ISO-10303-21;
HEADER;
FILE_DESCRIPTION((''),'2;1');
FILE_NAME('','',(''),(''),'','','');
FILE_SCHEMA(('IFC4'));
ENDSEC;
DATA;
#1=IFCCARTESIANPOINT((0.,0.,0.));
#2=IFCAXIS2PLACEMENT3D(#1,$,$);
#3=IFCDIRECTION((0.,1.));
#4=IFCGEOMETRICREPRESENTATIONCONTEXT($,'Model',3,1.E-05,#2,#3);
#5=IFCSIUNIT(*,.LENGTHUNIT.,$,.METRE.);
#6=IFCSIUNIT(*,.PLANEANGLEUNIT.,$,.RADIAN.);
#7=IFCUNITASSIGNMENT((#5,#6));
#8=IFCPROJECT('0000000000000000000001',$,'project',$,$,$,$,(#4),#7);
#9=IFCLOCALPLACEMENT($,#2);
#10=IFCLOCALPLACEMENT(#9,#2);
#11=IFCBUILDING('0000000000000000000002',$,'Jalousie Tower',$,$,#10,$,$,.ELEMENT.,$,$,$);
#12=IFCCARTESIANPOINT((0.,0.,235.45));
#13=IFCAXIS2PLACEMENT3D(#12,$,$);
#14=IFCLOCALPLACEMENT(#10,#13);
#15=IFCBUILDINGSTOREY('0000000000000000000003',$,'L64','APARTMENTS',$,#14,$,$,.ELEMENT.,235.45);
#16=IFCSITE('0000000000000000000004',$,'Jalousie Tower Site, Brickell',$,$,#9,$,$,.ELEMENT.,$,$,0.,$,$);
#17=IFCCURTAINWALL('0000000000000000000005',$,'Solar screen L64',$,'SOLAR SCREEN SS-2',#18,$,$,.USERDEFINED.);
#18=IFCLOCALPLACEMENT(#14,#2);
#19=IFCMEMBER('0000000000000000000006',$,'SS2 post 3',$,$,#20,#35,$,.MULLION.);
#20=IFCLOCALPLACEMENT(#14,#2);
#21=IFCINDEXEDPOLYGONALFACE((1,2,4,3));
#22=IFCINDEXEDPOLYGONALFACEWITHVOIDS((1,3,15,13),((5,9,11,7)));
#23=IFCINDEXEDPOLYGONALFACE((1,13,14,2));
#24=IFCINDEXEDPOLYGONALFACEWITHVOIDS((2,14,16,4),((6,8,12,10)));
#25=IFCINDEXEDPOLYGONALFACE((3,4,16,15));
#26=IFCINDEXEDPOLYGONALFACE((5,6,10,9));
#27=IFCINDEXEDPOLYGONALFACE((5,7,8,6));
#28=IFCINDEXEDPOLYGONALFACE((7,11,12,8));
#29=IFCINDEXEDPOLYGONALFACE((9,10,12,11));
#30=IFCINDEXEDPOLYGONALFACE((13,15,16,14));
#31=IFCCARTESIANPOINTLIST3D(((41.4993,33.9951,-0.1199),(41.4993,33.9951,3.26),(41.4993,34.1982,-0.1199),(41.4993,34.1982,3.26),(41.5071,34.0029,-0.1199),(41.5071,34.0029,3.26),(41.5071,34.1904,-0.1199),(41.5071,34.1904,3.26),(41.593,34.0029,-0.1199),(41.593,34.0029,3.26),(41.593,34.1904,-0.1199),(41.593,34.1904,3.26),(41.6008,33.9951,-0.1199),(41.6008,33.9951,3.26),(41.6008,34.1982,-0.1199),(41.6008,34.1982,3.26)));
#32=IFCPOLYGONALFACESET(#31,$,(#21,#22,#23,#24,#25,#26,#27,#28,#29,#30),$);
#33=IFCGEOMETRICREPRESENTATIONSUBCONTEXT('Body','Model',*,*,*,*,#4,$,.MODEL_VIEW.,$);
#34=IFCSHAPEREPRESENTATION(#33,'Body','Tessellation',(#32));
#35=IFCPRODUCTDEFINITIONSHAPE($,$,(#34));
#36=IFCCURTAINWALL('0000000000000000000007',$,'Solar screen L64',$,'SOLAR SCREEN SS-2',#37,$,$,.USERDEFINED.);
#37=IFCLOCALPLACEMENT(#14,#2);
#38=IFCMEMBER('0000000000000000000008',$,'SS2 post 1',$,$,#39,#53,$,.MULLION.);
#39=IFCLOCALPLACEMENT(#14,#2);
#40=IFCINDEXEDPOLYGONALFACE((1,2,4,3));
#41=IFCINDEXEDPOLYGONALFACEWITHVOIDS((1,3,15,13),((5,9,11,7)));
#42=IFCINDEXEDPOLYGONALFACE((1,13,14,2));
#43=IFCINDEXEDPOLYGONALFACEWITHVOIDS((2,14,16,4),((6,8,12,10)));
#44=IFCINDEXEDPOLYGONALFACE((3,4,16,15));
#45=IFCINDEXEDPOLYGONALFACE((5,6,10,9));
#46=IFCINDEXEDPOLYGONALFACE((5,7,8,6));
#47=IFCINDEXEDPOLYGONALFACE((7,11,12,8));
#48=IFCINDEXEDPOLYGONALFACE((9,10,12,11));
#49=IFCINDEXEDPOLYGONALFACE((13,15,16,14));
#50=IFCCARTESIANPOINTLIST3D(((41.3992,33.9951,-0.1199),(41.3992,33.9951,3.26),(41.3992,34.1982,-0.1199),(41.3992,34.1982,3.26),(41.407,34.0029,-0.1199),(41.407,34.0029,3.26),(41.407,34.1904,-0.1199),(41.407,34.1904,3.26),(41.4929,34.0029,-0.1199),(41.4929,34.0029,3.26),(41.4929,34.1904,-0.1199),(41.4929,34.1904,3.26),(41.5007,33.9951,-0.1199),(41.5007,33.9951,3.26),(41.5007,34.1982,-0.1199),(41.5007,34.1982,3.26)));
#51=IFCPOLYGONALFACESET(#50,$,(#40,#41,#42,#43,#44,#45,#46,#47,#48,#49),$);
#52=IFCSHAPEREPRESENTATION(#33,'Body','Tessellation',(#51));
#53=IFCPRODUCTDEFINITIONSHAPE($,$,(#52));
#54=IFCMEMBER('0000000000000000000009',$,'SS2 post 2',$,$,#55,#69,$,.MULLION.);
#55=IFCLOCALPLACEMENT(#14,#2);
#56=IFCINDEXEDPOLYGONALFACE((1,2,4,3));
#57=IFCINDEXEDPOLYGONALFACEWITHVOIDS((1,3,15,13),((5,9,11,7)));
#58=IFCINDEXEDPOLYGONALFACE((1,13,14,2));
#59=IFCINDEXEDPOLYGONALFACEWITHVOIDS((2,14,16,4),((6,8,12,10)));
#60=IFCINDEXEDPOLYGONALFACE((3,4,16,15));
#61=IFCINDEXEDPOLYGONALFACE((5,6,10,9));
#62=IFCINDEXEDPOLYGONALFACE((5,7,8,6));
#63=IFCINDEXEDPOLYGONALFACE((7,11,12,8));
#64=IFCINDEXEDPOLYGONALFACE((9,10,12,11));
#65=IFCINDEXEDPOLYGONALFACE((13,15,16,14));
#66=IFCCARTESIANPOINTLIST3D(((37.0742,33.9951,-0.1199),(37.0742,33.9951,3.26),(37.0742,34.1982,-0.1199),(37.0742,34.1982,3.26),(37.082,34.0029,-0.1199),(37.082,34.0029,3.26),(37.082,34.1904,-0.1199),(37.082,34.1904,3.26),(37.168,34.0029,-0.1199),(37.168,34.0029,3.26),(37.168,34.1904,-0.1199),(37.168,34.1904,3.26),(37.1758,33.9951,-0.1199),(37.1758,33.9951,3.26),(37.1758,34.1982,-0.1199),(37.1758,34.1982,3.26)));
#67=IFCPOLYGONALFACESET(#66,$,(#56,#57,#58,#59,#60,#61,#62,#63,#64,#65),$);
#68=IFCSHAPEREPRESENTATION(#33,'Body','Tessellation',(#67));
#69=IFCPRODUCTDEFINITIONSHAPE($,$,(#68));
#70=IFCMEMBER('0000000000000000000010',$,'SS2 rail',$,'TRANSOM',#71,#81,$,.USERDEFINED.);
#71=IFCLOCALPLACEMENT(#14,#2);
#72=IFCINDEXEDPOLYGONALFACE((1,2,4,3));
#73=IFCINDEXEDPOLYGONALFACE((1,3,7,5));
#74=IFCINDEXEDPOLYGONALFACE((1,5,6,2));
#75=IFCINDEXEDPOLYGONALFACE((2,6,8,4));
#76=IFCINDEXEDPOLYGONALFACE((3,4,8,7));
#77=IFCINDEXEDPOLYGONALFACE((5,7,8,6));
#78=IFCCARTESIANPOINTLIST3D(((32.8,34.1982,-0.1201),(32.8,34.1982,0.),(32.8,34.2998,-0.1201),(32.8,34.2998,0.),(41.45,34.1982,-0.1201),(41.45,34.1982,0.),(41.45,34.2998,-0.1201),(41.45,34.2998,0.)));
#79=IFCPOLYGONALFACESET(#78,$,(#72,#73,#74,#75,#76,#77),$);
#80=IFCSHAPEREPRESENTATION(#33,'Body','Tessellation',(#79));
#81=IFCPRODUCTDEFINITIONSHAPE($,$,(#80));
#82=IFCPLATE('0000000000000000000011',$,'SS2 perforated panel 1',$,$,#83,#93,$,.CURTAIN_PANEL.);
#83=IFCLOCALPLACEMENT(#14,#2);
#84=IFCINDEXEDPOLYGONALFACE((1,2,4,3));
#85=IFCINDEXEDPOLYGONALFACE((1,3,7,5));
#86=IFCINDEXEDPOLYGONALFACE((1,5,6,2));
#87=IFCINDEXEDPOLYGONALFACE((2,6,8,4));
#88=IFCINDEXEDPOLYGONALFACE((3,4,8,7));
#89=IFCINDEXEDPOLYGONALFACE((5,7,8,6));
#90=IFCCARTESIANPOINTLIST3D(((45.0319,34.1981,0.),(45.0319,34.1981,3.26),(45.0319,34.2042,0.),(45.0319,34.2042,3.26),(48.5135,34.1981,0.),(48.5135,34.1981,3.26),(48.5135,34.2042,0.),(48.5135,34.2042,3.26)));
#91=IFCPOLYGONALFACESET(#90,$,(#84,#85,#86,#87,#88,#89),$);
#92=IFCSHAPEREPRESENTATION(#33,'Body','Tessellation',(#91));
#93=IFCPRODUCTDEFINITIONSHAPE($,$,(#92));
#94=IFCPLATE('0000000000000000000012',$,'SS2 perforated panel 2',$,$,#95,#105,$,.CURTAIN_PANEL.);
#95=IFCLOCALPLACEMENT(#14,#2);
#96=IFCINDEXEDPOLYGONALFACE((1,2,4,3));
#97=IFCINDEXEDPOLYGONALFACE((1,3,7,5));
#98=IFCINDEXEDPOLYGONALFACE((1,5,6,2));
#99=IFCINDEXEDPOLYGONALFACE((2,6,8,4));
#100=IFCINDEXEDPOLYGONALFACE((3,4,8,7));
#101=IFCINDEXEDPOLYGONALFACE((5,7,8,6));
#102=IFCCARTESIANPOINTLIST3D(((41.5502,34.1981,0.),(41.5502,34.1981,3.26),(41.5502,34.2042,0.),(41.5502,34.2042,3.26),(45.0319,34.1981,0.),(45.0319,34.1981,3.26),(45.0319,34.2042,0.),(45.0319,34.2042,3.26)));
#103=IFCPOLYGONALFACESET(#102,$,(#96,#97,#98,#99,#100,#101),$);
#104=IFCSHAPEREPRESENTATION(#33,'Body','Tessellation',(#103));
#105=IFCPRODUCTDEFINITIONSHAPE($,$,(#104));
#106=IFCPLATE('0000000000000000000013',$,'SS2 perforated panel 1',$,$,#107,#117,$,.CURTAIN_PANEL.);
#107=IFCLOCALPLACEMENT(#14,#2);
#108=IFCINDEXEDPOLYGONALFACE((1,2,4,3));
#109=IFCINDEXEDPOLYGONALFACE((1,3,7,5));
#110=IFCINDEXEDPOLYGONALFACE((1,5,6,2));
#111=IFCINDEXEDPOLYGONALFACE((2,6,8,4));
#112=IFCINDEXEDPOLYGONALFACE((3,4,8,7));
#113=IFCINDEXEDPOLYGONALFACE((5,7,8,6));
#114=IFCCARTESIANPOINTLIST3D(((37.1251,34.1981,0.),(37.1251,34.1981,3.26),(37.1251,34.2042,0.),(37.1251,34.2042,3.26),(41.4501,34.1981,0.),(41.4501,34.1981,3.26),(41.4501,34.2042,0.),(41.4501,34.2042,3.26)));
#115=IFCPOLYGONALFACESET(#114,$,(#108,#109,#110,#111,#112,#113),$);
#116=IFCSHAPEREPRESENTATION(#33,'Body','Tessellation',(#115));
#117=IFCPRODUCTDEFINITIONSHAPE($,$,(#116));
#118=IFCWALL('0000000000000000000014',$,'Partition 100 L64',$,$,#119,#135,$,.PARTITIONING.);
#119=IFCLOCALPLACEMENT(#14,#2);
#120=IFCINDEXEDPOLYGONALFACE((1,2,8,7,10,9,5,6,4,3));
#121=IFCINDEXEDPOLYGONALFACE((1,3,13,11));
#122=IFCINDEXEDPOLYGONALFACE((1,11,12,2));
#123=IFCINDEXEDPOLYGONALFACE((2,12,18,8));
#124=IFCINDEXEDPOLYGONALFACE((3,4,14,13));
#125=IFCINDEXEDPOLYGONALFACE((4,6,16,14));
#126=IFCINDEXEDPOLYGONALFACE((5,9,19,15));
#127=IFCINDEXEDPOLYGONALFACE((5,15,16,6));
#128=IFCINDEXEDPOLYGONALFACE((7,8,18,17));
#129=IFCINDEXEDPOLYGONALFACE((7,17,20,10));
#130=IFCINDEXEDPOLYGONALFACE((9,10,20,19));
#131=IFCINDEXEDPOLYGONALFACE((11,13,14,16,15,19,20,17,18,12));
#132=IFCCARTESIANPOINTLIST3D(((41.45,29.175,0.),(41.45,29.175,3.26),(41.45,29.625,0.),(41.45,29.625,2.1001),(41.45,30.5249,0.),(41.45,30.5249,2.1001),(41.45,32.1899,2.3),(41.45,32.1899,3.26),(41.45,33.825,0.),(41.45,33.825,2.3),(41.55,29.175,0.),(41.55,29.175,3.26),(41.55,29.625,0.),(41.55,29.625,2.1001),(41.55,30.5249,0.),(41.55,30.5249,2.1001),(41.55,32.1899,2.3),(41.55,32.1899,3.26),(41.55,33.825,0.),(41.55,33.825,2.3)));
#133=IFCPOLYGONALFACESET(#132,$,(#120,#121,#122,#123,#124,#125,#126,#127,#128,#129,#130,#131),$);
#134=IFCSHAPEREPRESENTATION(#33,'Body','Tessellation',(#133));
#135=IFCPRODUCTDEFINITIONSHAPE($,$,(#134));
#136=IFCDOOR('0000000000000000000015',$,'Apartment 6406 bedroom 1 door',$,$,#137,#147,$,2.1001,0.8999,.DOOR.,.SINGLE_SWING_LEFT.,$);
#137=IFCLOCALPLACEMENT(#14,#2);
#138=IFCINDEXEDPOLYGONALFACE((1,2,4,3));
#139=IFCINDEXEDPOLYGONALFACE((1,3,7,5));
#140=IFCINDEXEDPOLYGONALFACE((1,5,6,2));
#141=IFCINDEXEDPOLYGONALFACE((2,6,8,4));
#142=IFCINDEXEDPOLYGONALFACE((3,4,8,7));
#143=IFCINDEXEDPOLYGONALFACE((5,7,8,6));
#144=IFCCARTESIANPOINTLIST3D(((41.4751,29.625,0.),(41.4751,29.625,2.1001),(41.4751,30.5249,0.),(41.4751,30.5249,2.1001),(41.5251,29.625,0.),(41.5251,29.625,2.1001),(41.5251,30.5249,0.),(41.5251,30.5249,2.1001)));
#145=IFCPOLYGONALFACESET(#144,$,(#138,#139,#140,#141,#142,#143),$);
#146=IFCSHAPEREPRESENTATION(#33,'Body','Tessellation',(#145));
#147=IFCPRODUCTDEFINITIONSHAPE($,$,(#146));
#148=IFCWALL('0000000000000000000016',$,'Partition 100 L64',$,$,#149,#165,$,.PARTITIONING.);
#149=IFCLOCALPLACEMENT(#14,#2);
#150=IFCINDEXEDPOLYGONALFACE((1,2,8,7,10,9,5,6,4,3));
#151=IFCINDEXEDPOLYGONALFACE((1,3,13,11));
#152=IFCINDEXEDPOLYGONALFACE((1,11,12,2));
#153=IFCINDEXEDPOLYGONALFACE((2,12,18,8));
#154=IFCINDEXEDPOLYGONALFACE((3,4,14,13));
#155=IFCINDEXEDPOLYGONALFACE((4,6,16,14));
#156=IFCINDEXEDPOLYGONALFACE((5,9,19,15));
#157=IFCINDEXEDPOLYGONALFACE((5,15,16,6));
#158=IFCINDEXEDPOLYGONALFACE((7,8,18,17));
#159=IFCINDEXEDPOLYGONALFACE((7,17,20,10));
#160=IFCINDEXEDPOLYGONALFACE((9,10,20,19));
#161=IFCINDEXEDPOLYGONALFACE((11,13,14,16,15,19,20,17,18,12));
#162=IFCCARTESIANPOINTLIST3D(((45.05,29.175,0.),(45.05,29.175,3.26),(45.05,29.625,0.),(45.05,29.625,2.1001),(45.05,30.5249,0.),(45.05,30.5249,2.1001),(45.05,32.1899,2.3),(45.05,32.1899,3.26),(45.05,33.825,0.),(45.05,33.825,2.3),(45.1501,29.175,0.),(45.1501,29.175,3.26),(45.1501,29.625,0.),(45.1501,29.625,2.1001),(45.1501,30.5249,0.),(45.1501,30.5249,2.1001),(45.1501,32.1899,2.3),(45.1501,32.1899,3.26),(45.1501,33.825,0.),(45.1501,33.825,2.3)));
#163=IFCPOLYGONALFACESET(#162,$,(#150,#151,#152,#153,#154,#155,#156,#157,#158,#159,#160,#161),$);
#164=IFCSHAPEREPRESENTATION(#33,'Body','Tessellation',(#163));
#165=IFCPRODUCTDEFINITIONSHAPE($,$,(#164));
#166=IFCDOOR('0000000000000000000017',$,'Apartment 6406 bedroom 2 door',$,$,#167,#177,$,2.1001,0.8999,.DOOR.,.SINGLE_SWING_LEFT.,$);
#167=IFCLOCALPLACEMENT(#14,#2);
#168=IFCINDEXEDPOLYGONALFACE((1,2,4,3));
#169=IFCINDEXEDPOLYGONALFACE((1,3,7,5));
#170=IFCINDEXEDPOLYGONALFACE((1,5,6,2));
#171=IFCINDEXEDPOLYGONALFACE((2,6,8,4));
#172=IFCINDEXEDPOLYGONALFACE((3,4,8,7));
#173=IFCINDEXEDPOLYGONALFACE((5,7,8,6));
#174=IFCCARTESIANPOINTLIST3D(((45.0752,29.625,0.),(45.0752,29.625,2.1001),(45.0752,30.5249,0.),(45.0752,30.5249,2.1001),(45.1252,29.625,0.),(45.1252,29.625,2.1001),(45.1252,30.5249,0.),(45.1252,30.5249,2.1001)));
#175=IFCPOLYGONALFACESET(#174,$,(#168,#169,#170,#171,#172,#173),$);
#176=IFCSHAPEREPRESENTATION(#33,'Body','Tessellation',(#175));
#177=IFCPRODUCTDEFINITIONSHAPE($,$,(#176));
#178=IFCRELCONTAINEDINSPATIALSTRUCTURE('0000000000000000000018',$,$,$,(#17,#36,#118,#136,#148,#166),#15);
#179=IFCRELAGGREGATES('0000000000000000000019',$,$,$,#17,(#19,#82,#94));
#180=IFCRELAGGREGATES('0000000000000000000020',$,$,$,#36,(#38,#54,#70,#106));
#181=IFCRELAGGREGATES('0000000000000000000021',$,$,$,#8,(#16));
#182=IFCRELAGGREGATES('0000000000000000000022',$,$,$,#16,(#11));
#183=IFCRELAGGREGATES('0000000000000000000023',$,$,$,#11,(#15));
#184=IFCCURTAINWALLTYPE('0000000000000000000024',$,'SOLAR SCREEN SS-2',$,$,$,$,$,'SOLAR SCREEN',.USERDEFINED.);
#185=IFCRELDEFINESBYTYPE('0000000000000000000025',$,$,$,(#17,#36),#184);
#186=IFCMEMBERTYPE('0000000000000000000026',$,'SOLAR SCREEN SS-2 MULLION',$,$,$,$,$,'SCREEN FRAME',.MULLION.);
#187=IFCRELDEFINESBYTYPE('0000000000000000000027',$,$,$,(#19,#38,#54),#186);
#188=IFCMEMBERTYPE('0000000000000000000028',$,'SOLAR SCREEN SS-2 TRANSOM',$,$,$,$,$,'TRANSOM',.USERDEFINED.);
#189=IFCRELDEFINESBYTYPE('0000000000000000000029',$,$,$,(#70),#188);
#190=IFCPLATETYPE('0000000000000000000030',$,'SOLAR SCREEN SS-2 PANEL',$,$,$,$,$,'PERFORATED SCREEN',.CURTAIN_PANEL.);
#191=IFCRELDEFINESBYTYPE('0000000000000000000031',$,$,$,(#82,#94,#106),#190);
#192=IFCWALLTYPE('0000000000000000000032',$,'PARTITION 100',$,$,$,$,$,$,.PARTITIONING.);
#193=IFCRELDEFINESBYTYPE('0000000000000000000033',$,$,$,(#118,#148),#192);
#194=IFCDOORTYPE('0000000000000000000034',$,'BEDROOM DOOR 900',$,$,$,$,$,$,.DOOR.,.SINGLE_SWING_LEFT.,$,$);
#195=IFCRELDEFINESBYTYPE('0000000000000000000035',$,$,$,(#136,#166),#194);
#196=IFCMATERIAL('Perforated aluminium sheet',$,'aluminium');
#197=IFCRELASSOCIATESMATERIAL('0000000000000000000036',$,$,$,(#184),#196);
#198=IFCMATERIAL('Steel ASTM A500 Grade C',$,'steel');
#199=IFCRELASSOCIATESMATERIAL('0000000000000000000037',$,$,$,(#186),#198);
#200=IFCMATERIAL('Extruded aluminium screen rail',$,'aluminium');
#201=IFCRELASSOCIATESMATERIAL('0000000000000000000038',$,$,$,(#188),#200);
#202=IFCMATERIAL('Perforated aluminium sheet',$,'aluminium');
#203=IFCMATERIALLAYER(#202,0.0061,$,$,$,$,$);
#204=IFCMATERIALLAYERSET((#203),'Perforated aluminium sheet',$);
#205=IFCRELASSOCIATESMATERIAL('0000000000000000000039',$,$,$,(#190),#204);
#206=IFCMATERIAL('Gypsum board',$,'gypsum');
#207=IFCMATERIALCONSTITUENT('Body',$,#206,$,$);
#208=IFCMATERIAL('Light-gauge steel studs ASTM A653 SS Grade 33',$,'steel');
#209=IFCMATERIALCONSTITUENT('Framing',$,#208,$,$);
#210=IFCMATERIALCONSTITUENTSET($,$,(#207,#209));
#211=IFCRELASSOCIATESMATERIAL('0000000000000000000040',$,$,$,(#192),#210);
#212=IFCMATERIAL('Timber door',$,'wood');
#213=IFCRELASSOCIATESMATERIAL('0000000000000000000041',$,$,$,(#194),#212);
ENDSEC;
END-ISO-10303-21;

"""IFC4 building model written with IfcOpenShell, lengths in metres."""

from ifc_helpers import new_model, si_unit, direction, frame, frame_2d, origin, origin_2d, place, context, subcontext, project, spatial, polyline, rectangle, hollow_rectangle, outline, extrude, material, layer, layer_set, constituent, constituent_set, material_profile, profile_set, type_object, element, fill, aggregate, save


model = new_model("IFC4")

# Units and contexts
model_context = context("Model", 3, precision=1e-05, world=origin(), true_north=direction((0.0, 1.0)))
body_context = subcontext(model_context, "Body", "Model", "MODEL_VIEW")
ifc_project = project(units=[si_unit("LENGTHUNIT", "METRE"), si_unit("PLANEANGLEUNIT", "RADIAN")], contexts=[model_context])

# Site, building, storey
site_placement = place(None, origin())
site = spatial("IfcSite", under=ifc_project, at=site_placement, Name="Jalousie Tower Site, Brickell", CompositionType="ELEMENT", RefElevation=0.0)
building_placement = place(site_placement, origin())
building = spatial("IfcBuilding", under=site, at=building_placement, Name="Jalousie Tower", CompositionType="ELEMENT")
storey_placement = place(building_placement, frame((0.0, 0.0, 235.45)))
storey = spatial("IfcBuildingStorey", under=building, at=storey_placement, Name="L64", Description="APARTMENTS", CompositionType="ELEMENT", Elevation=235.45)

# Curtain walls, members
ifc_material_1 = material(Name="Perforated aluminium sheet", Category="aluminium")
curtain_wall_type = type_object("IfcCurtainWallType", Name="SOLAR SCREEN SS-2", ElementType="SOLAR SCREEN", PredefinedType="USERDEFINED", material=ifc_material_1)
curtain_wall_1_placement = place(storey_placement, origin())
curtain_wall_1 = element("IfcCurtainWall", 1, at=curtain_wall_1_placement, inside=storey, type_object=curtain_wall_type, Name="Solar screen L64", ObjectType="SOLAR SCREEN SS-2", PredefinedType="USERDEFINED")
ifc_material_2 = material(Name="Steel ASTM A500 Grade C", Category="steel")
ifc_material_profile_1 = material_profile(ifc_material_2, hollow_rectangle(XDim=0.1016, YDim=0.2031, WallThickness=0.0078, at=origin_2d()), Name="HSS8X4X5/16")
ifc_profile_set_1 = profile_set([ifc_material_profile_1], Name="Steel ASTM A500 Grade C")
member_type_1 = type_object("IfcMemberType", Name="SOLAR SCREEN SS-2 MULLION", ElementType="SCREEN FRAME", PredefinedType="MULLION", material=ifc_profile_set_1)
member_1_placement = place(storey_placement, frame((41.55, 34.0967, -0.1199), z_axis=(0.0, 0.0, 1.0), x_axis=(-1.0, 0.0, 0.0)))
member_1 = element("IfcMember", 2, at=member_1_placement, type_object=member_type_1, Name="SS2 post 3", PredefinedType="MULLION", context=body_context, shape_type="SweptSolid", body=[
    extrude(hollow_rectangle(XDim=0.1016, YDim=0.2031, WallThickness=0.0078, at=origin_2d()), origin(), (0.0, 0.0, 1.0), 3.3799),
])
curtain_wall_2_placement = place(storey_placement, origin())
curtain_wall_2 = element("IfcCurtainWall", 3, at=curtain_wall_2_placement, inside=storey, type_object=curtain_wall_type, Name="Solar screen L64", ObjectType="SOLAR SCREEN SS-2", PredefinedType="USERDEFINED")
member_2_placement = place(storey_placement, frame((41.45, 34.0967, -0.1199), z_axis=(0.0, 0.0, 1.0), x_axis=(-1.0, 0.0, 0.0)))
member_2 = element("IfcMember", 4, at=member_2_placement, type_object=member_type_1, Name="SS2 post 1", PredefinedType="MULLION", context=body_context, shape_type="SweptSolid", body=[
    extrude(hollow_rectangle(XDim=0.1016, YDim=0.2031, WallThickness=0.0078, at=origin_2d()), origin(), (0.0, 0.0, 1.0), 3.3799),
])
member_3_placement = place(storey_placement, frame((37.125, 34.0967, -0.1199), z_axis=(0.0, 0.0, 1.0), x_axis=(-1.0, 0.0, 0.0)))
member_3 = element("IfcMember", 5, at=member_3_placement, type_object=member_type_1, Name="SS2 post 2", PredefinedType="MULLION", context=body_context, shape_type="SweptSolid", body=[
    extrude(hollow_rectangle(XDim=0.1016, YDim=0.2031, WallThickness=0.0078, at=origin_2d()), origin(), (0.0, 0.0, 1.0), 3.3799),
])
ifc_material_3 = material(Name="Extruded aluminium screen rail", Category="aluminium")
ifc_material_profile_2 = material_profile(ifc_material_3, rectangle(XDim=0.1016, YDim=0.1201, at=origin_2d()), Name="RAIL 102x120")
ifc_profile_set_2 = profile_set([ifc_material_profile_2], Name="Extruded aluminium screen rail")
member_type_2 = type_object("IfcMemberType", Name="SOLAR SCREEN SS-2 TRANSOM", ElementType="TRANSOM", PredefinedType="USERDEFINED", material=ifc_profile_set_2)
member_4_placement = place(storey_placement, frame((41.45, 34.249, -0.0601), z_axis=(-1.0, 0.0, 0.0), x_axis=(0.0, -1.0, 0.0)))
member_4 = element("IfcMember", 6, at=member_4_placement, type_object=member_type_2, Name="SS2 rail", ObjectType="TRANSOM", PredefinedType="USERDEFINED", context=body_context, shape_type="SweptSolid", body=[
    extrude(rectangle(XDim=0.1016, YDim=0.1201, at=origin_2d()), origin(), (0.0, 0.0, 1.0), 8.6499),
])

# Plates
ifc_material_4 = material(Name="Perforated aluminium sheet", Category="aluminium")
ifc_layer = layer(ifc_material_4, 0.0061)
ifc_layer_set = layer_set([ifc_layer], Name="Perforated aluminium sheet")
plate_type = type_object("IfcPlateType", Name="SOLAR SCREEN SS-2 PANEL", ElementType="PERFORATED SCREEN", PredefinedType="CURTAIN_PANEL", material=ifc_layer_set)
plate_1_placement = place(storey_placement, frame((46.7727, 34.2012, 0.0), z_axis=(0.0, 0.0, 1.0), x_axis=(-1.0, 0.0, 0.0)))
plate_1 = element("IfcPlate", 7, at=plate_1_placement, type_object=plate_type, Name="SS2 perforated panel 1", PredefinedType="CURTAIN_PANEL", context=body_context, shape_type="SweptSolid", body=[
    extrude(rectangle(XDim=3.4817, YDim=0.0061, at=origin_2d()), origin(), (0.0, 0.0, 1.0), 3.26),
])
plate_2_placement = place(storey_placement, frame((43.291, 34.2012, 0.0), z_axis=(0.0, 0.0, 1.0), x_axis=(-1.0, 0.0, 0.0)))
plate_2 = element("IfcPlate", 8, at=plate_2_placement, type_object=plate_type, Name="SS2 perforated panel 2", PredefinedType="CURTAIN_PANEL", context=body_context, shape_type="SweptSolid", body=[
    extrude(rectangle(XDim=3.4817, YDim=0.0061, at=origin_2d()), origin(), (0.0, 0.0, 1.0), 3.26),
])
aggregate(curtain_wall_1, [member_1, plate_1, plate_2])
plate_3_placement = place(storey_placement, frame((39.2876, 34.2012, 0.0), z_axis=(0.0, 0.0, 1.0), x_axis=(-1.0, 0.0, 0.0)))
plate_3 = element("IfcPlate", 9, at=plate_3_placement, type_object=plate_type, Name="SS2 perforated panel 1", PredefinedType="CURTAIN_PANEL", context=body_context, shape_type="SweptSolid", body=[
    extrude(rectangle(XDim=4.325, YDim=0.0061, at=origin_2d()), origin(), (0.0, 0.0, 1.0), 3.26),
])
aggregate(curtain_wall_2, [member_2, member_3, member_4, plate_3])

# Walls, openings, doors
ifc_material_5 = material(Name="Gypsum board", Category="gypsum")
ifc_constituent_1 = constituent(ifc_material_5, Name="Body")
ifc_material_6 = material(Name="Light-gauge steel studs ASTM A653 SS Grade 33", Category="steel")
ifc_constituent_2 = constituent(ifc_material_6, Name="Framing")
ifc_constituent_set_1 = constituent_set(constituents=[ifc_constituent_1, ifc_constituent_2])
wall_type_1 = type_object("IfcWallType", Name="PARTITION 100", PredefinedType="PARTITIONING", material=ifc_constituent_set_1)
wall_1_placement = place(storey_placement, frame((41.5, 33.825, 0.0), z_axis=(0.0, 0.0, 1.0), x_axis=(0.0, -1.0, 0.0)))
wall_1 = element("IfcWall", 10, at=wall_1_placement, inside=storey, type_object=wall_type_1, Name="Partition 100 L64", PredefinedType="PARTITIONING", context=body_context, shape_type="SweptSolid", body=[
    extrude(outline(polyline([(0.0, 0.0), (4.6499, 0.0), (4.6499, 3.26), (1.635, 3.26), (1.635, 2.3), (0.0, 2.3), (0.0, 3.26), (0.0, 0.0)])), frame((0.0, 0.05, 0.0), z_axis=(0.0, -1.0, 0.0), x_axis=(1.0, 0.0, 0.0)), (0.0, 0.0, 1.0), 0.1001),
])
opening_1_placement = place(wall_1_placement, frame((3.3, 0.0, 0.0)))
opening_1 = element("IfcOpeningElement", 11, at=opening_1_placement, cuts=wall_1, PredefinedType="OPENING", context=body_context, shape_type="SweptSolid", body=[
    extrude(rectangle(XDim=0.8999, YDim=2.1001, at=frame_2d((0.45, 1.05))), frame((0.0, 0.0601, 0.0), z_axis=(0.0, -1.0, 0.0), x_axis=(1.0, 0.0, 0.0)), (0.0, 0.0, 1.0), 0.1201),
])
ifc_material_7 = material(Name="Timber door", Category="wood")
door_type = type_object("IfcDoorType", Name="BEDROOM DOOR 900", OperationType="SINGLE_SWING_LEFT", PredefinedType="DOOR", material=ifc_material_7)
door_1_placement = place(opening_1_placement, frame((0.8999, 0.0, 0.0), z_axis=(0.0, 0.0, 1.0), x_axis=(-1.0, 0.0, 0.0)))
door_1 = element("IfcDoor", 12, at=door_1_placement, inside=storey, type_object=door_type, Name="Apartment 6406 bedroom 1 door", OperationType="SINGLE_SWING_LEFT", OverallHeight=2.1001, OverallWidth=0.8999, PredefinedType="DOOR", context=body_context, shape_type="SweptSolid", body=[
    extrude(rectangle(XDim=0.8999, YDim=2.1001, at=frame_2d((0.45, 1.05))), frame((0.0, 0.0249, 0.0), z_axis=(0.0, -1.0, 0.0), x_axis=(1.0, 0.0, 0.0)), (0.0, 0.0, 1.0), 0.05),
])
fill(opening_1, door_1)
wall_2_placement = place(storey_placement, frame((45.1001, 33.825, 0.0), z_axis=(0.0, 0.0, 1.0), x_axis=(0.0, -1.0, 0.0)))
wall_2 = element("IfcWall", 13, at=wall_2_placement, inside=storey, type_object=wall_type_1, Name="Partition 100 L64", PredefinedType="PARTITIONING", context=body_context, shape_type="SweptSolid", body=[
    extrude(outline(polyline([(0.0, 0.0), (4.6499, 0.0), (4.6499, 3.26), (1.635, 3.26), (1.635, 2.3), (0.0, 2.3), (0.0, 3.26), (0.0, 0.0)])), frame((0.0, 0.05, 0.0), z_axis=(0.0, -1.0, 0.0), x_axis=(1.0, 0.0, 0.0)), (0.0, 0.0, 1.0), 0.1001),
])
opening_2_placement = place(wall_2_placement, frame((3.3, 0.0, 0.0)))
opening_2 = element("IfcOpeningElement", 14, at=opening_2_placement, cuts=wall_2, PredefinedType="OPENING", context=body_context, shape_type="SweptSolid", body=[
    extrude(rectangle(XDim=0.8999, YDim=2.1001, at=frame_2d((0.45, 1.05))), frame((0.0, 0.0601, 0.0), z_axis=(0.0, -1.0, 0.0), x_axis=(1.0, 0.0, 0.0)), (0.0, 0.0, 1.0), 0.1201),
])
door_2_placement = place(opening_2_placement, frame((0.8999, 0.0, 0.0), z_axis=(0.0, 0.0, 1.0), x_axis=(-1.0, 0.0, 0.0)))
door_2 = element("IfcDoor", 15, at=door_2_placement, inside=storey, type_object=door_type, Name="Apartment 6406 bedroom 2 door", OperationType="SINGLE_SWING_LEFT", OverallHeight=2.1001, OverallWidth=0.8999, PredefinedType="DOOR", context=body_context, shape_type="SweptSolid", body=[
    extrude(rectangle(XDim=0.8999, YDim=2.1001, at=frame_2d((0.45, 1.05))), frame((0.0, 0.0249, 0.0), z_axis=(0.0, -1.0, 0.0), x_axis=(1.0, 0.0, 0.0)), (0.0, 0.0, 1.0), 0.05),
])
fill(opening_2, door_2)

save(model, "model.ifc")
